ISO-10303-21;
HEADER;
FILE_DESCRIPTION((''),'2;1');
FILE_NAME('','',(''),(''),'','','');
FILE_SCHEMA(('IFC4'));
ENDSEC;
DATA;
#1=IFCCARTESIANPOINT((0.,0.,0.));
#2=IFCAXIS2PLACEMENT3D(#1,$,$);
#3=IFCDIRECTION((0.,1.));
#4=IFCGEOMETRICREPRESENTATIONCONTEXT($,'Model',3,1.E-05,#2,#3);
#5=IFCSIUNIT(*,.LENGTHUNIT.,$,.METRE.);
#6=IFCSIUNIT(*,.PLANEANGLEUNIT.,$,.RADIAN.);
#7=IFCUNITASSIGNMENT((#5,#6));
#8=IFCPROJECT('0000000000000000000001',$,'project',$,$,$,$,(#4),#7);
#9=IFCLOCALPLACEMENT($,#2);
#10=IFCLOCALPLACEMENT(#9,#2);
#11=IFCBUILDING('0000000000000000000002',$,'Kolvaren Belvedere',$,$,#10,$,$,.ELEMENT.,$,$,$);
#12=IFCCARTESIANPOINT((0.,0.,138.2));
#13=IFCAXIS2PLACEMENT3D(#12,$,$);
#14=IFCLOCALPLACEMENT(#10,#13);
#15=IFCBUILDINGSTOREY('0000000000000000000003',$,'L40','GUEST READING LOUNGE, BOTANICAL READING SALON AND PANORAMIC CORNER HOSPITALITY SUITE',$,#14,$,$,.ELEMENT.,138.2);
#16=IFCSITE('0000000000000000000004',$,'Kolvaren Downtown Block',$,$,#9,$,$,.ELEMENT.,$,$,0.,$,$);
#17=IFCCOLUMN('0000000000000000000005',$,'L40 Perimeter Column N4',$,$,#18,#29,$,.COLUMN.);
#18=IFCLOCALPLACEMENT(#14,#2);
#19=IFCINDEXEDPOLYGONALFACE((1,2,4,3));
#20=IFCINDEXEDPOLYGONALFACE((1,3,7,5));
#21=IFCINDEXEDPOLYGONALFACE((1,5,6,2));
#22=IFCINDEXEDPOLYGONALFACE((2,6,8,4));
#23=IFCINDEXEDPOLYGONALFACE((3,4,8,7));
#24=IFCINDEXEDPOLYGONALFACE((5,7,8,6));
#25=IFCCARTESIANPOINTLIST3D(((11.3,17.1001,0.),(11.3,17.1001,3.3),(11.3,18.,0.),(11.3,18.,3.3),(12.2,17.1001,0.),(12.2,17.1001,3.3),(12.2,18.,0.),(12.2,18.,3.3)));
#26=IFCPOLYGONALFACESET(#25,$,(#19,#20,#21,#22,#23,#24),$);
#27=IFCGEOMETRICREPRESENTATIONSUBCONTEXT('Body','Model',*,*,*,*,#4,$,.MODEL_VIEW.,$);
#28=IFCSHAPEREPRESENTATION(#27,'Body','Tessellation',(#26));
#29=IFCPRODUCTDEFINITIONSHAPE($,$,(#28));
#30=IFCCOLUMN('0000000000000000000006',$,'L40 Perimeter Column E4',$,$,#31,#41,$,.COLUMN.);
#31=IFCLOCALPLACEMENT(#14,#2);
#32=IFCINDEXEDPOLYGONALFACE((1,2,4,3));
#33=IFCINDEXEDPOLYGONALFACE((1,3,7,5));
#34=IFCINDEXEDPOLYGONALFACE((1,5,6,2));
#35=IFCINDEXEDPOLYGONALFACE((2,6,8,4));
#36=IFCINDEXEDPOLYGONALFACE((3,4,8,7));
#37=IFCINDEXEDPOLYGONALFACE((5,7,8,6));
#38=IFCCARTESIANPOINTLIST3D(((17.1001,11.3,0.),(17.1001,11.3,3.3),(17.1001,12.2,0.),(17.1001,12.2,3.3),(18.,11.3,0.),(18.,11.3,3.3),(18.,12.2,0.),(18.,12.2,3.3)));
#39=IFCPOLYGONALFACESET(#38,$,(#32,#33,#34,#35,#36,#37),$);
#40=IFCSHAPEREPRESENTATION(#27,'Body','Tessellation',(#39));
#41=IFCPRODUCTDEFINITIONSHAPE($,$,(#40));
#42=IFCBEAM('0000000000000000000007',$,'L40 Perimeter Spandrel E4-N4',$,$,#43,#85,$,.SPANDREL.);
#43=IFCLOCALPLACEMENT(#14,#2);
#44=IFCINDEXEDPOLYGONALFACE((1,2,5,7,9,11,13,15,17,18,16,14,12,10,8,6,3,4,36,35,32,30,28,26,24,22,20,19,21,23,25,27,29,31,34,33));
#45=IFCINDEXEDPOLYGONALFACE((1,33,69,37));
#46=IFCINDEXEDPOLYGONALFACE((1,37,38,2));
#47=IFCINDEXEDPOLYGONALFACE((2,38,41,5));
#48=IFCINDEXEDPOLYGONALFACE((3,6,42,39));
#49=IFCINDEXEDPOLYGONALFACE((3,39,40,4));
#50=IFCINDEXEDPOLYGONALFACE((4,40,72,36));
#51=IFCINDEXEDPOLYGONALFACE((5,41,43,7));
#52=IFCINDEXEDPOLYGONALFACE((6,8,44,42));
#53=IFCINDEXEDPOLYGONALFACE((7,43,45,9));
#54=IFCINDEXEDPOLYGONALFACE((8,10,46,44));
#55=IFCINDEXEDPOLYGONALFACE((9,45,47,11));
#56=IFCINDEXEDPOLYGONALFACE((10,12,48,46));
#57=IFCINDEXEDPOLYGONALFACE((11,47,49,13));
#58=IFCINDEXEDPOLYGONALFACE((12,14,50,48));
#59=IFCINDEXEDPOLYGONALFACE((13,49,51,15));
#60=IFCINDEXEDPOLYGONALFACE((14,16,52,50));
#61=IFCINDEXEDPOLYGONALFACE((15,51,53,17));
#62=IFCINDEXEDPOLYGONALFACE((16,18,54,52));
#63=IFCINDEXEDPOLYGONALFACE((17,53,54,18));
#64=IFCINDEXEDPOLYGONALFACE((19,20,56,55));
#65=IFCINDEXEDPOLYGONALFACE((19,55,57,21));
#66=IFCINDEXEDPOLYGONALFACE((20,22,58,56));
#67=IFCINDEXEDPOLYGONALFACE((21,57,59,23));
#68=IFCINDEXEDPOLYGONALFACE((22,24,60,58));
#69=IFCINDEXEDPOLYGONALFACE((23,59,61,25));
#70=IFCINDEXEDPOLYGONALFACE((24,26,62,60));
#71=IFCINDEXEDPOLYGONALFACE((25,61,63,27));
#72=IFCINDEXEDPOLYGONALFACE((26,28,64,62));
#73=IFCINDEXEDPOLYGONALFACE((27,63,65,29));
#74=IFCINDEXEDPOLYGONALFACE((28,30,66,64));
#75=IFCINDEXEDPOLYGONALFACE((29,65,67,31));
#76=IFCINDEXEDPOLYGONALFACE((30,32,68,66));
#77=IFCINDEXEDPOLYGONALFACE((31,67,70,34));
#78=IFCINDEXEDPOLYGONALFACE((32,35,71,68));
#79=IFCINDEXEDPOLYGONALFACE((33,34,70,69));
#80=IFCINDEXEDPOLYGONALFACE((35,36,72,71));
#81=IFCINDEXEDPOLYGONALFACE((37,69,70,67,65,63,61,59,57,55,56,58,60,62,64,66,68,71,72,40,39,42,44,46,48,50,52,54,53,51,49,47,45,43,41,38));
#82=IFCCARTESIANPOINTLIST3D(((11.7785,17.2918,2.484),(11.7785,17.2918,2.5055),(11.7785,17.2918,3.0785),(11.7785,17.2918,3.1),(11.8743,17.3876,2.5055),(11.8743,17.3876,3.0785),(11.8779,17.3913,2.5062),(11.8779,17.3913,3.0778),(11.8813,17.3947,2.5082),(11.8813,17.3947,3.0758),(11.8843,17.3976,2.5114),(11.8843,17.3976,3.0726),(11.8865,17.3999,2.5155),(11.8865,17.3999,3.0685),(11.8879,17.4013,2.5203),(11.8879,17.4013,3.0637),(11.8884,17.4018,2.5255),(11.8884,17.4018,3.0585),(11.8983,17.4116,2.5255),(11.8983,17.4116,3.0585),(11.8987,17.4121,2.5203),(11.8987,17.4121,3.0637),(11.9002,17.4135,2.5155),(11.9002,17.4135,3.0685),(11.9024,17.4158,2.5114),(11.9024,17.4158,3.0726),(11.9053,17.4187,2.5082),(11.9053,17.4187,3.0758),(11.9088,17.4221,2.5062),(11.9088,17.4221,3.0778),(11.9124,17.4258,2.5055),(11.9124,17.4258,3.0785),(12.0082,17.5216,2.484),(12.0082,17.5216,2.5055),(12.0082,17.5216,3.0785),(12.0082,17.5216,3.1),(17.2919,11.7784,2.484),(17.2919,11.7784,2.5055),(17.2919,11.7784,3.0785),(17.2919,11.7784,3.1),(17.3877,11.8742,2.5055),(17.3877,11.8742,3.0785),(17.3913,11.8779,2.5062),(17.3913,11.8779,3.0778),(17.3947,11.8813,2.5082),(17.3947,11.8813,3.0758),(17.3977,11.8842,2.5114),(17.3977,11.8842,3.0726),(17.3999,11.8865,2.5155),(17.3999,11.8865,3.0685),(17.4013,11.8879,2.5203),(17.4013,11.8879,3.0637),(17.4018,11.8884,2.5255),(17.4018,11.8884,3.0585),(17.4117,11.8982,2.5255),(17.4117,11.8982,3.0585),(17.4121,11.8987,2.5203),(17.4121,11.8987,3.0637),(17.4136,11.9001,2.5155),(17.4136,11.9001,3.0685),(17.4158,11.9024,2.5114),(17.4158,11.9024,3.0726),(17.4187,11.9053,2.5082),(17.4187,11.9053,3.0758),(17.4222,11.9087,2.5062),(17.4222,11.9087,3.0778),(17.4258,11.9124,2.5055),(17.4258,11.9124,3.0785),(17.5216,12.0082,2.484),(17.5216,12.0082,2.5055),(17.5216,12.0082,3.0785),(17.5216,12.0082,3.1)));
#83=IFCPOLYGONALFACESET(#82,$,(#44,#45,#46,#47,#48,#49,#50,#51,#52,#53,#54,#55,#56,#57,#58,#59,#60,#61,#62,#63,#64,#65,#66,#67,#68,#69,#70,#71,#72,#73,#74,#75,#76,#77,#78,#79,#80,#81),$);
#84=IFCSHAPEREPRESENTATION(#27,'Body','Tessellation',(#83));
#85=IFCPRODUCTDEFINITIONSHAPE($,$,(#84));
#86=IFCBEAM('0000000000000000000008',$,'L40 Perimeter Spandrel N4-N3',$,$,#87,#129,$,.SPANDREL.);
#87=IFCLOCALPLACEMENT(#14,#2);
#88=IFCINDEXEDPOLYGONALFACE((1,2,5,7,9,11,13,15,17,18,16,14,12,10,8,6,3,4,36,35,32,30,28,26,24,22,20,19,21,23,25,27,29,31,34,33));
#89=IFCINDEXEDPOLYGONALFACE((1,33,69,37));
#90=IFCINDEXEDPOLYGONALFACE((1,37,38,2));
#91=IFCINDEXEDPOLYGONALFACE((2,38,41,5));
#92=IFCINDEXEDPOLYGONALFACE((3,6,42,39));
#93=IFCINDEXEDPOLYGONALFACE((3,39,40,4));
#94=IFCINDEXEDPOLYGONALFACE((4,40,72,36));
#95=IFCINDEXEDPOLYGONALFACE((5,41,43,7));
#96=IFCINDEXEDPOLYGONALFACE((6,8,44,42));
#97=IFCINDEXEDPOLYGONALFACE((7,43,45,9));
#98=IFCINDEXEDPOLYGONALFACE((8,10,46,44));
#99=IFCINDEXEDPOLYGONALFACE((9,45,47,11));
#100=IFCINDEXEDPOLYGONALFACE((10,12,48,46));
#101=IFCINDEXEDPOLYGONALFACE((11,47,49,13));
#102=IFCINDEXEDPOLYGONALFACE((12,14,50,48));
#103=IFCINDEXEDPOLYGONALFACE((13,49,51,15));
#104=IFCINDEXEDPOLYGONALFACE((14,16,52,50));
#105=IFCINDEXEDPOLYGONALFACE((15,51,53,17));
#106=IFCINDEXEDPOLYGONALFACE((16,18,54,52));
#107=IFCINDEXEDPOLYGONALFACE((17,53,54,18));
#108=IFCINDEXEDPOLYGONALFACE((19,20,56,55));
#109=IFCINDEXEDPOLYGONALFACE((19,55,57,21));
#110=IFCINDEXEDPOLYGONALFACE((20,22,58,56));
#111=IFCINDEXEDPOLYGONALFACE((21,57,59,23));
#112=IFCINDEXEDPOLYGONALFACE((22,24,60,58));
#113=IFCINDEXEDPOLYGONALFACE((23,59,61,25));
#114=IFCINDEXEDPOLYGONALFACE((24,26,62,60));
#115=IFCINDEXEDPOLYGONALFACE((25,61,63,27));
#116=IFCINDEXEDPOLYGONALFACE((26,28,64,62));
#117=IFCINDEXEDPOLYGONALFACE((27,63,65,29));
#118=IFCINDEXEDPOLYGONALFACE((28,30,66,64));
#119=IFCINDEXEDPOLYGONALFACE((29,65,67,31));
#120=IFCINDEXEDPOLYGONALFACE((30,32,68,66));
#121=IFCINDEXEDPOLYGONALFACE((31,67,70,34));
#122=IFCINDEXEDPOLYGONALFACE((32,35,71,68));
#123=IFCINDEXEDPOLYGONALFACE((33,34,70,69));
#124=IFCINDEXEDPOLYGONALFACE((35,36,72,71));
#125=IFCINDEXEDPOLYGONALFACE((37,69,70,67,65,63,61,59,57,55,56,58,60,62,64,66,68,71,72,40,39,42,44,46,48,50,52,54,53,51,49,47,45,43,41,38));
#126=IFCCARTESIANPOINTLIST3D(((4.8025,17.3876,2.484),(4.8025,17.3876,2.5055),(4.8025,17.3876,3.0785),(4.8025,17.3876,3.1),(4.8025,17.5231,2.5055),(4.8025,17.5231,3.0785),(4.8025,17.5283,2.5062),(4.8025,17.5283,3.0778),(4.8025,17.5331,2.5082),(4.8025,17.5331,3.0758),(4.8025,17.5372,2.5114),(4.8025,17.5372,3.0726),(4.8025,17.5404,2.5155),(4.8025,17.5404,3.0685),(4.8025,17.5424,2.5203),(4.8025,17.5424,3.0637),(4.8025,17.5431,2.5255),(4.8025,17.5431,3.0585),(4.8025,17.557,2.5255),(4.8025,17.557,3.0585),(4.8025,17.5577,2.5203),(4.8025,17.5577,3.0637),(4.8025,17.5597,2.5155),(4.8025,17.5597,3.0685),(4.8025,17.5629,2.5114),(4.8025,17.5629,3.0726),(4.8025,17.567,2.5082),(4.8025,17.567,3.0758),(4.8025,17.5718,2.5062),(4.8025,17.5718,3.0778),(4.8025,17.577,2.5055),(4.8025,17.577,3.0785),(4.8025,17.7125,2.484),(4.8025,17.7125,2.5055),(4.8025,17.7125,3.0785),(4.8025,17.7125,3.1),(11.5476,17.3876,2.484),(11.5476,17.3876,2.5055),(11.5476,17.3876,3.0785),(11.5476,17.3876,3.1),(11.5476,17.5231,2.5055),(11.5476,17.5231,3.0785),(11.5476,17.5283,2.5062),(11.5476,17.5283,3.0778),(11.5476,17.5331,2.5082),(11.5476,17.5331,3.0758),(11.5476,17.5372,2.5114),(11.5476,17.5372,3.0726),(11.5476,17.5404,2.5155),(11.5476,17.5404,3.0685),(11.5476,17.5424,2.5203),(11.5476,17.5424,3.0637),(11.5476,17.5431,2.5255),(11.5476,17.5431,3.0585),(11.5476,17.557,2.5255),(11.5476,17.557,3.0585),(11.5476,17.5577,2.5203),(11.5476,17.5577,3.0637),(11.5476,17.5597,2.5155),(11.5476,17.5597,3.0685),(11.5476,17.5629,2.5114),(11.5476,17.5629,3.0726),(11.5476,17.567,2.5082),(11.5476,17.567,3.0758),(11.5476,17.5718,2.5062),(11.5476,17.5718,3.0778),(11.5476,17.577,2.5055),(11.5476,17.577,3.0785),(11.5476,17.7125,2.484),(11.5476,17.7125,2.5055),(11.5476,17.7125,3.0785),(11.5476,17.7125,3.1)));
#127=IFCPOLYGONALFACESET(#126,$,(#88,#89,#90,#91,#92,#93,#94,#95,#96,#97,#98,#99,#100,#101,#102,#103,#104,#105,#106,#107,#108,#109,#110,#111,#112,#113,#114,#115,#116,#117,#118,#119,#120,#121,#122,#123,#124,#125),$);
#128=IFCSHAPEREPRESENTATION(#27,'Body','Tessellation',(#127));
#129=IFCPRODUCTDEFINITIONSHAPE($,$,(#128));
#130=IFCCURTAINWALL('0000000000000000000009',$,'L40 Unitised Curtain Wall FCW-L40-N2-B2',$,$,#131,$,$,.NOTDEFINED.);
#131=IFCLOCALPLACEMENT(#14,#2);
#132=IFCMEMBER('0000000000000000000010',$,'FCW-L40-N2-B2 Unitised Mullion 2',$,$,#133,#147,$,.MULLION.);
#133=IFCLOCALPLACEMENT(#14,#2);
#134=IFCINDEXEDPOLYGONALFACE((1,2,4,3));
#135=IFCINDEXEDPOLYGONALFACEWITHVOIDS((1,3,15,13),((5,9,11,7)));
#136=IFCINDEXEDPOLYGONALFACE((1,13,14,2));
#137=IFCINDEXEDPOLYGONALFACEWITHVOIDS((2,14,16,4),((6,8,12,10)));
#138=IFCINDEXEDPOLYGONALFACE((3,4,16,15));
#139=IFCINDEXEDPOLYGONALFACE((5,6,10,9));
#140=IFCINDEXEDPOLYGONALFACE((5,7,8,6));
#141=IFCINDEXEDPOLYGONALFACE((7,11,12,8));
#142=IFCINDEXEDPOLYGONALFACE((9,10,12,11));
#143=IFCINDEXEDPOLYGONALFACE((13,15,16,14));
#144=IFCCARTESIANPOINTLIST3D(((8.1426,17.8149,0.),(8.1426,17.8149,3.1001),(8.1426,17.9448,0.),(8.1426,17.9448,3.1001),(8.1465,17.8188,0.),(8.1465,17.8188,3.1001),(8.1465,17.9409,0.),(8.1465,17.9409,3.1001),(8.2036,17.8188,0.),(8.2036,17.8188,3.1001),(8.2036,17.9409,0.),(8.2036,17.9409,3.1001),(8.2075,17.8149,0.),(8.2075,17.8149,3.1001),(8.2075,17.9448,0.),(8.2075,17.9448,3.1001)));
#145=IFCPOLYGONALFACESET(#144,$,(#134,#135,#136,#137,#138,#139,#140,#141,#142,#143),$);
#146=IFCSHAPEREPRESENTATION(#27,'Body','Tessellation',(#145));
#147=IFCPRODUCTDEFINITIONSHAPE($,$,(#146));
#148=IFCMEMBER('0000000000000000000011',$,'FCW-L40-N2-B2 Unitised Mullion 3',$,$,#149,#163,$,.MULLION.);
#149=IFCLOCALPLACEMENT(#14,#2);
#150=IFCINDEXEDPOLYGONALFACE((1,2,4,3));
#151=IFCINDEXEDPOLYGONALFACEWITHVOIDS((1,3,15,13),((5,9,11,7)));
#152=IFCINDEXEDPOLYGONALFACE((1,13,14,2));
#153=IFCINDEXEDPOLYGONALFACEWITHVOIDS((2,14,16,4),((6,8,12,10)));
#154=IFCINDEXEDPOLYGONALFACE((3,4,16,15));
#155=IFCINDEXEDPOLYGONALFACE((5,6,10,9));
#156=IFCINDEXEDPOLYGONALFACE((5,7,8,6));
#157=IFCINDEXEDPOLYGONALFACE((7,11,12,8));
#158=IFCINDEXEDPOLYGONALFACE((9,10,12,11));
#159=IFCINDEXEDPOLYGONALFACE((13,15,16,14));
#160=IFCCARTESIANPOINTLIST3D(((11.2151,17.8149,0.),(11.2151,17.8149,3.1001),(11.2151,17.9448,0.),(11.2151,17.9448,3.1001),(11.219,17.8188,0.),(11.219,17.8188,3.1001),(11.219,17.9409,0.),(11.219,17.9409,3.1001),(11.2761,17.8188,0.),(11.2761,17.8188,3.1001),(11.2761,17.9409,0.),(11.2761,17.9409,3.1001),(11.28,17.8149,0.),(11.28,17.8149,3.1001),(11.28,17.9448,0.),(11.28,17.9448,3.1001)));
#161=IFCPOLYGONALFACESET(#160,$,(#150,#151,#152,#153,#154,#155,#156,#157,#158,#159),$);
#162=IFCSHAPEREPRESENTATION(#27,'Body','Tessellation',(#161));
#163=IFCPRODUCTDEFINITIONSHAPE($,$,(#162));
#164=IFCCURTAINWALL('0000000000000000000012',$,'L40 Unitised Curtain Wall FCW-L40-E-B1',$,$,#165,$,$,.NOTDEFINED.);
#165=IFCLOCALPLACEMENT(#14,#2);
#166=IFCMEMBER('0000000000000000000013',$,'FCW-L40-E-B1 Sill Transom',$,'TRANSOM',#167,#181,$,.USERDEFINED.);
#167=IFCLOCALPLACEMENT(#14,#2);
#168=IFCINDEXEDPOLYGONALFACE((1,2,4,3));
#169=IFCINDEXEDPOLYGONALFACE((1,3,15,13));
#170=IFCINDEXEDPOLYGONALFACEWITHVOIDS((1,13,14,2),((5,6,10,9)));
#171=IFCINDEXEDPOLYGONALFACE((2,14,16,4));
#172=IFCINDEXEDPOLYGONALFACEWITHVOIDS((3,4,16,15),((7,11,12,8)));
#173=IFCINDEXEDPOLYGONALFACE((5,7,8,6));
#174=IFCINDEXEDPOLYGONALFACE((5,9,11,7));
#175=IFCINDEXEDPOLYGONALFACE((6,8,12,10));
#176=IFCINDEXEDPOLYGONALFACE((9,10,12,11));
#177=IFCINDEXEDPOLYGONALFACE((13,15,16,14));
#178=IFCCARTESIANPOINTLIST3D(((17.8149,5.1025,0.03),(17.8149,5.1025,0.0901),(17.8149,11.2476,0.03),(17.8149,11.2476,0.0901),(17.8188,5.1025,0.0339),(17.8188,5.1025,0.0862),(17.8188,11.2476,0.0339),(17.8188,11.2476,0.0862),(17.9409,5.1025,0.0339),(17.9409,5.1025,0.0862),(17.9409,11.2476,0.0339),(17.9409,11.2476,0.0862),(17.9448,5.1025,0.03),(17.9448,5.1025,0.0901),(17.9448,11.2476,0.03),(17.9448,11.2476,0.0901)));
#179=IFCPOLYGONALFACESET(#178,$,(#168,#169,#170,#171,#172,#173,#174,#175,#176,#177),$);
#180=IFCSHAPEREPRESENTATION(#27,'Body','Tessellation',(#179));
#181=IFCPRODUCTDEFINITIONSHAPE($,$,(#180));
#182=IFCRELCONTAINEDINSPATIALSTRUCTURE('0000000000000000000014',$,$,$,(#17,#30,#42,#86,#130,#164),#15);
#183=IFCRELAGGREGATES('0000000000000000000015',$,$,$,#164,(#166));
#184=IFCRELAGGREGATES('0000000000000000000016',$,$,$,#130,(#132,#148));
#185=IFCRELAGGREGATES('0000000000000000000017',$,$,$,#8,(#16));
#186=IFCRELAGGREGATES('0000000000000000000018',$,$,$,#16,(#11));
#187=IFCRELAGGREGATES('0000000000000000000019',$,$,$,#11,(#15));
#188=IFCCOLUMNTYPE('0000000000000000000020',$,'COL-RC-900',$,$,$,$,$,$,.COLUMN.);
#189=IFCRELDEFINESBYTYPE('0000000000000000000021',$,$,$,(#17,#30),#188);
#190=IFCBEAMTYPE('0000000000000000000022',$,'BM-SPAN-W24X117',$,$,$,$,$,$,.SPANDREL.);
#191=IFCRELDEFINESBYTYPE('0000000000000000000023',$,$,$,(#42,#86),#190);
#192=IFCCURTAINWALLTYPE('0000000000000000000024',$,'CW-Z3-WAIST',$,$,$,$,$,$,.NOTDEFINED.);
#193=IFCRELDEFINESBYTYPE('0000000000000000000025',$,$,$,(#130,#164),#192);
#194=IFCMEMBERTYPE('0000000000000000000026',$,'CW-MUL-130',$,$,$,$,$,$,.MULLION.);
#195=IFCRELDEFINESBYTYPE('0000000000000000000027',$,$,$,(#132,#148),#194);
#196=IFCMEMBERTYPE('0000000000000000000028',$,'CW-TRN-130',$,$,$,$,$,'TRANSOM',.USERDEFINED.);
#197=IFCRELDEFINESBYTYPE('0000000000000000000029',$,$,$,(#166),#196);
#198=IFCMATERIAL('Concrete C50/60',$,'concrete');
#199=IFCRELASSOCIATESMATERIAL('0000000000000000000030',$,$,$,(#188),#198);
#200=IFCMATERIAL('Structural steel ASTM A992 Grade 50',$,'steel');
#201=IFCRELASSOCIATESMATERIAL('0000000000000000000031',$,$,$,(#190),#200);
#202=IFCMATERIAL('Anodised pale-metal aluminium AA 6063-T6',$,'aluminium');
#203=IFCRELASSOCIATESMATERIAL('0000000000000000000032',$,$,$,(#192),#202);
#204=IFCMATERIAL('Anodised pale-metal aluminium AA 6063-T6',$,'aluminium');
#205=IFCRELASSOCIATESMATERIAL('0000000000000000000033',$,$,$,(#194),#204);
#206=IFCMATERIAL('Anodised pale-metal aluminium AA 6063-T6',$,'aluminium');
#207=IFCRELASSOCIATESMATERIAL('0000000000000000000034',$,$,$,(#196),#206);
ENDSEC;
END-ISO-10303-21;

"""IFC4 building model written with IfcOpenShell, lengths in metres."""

from ifc_helpers import new_model, si_unit, direction, frame, origin, origin_2d, place, context, subcontext, project, spatial, rectangle, hollow_rectangle, i_section, extrude, material, material_profile, profile_set, type_object, element, aggregate, save


model = new_model("IFC4")

# Units and contexts
model_context = context("Model", 3, precision=1e-05, world=origin(), true_north=direction((0.0, 1.0)))
body_context = subcontext(model_context, "Body", "Model", "MODEL_VIEW")
ifc_project = project(units=[si_unit("LENGTHUNIT", "METRE"), si_unit("PLANEANGLEUNIT", "RADIAN")], contexts=[model_context])

# Site, building, storey
site_placement = place(None, origin())
site = spatial("IfcSite", under=ifc_project, at=site_placement, Name="Kolvaren Downtown Block", CompositionType="ELEMENT", RefElevation=0.0)
building_placement = place(site_placement, origin())
building = spatial("IfcBuilding", under=site, at=building_placement, Name="Kolvaren Belvedere", CompositionType="ELEMENT")
storey_placement = place(building_placement, frame((0.0, 0.0, 138.2)))
storey = spatial("IfcBuildingStorey", under=building, at=storey_placement, Name="L40", Description="GUEST READING LOUNGE, BOTANICAL READING SALON AND PANORAMIC CORNER HOSPITALITY SUITE", CompositionType="ELEMENT", Elevation=138.2)

# Columns
ifc_material_1 = material(Name="Concrete C50/60", Category="concrete")
ifc_material_profile_1 = material_profile(ifc_material_1, rectangle(XDim=0.8999, YDim=0.8999, at=origin_2d()), Name="RC 900X900")
ifc_profile_set_1 = profile_set([ifc_material_profile_1], Name="Concrete C50/60")
column_type = type_object("IfcColumnType", Name="COL-RC-900", PredefinedType="COLUMN", material=ifc_profile_set_1)
for number, where, z_axis, x_axis, name in (
    (1, (11.75, 17.55, 0.0), (0.0, 0.0, 1.0), (1.0, 0.0, 0.0), "L40 Perimeter Column N4"),
    (2, (17.55, 11.75, 0.0), (0.0, 0.0, 1.0), (1.0, 0.0, 0.0), "L40 Perimeter Column E4"),
):
    element("IfcColumn", number, at=place(storey_placement, frame(where, z_axis=z_axis, x_axis=x_axis)), inside=storey, type_object=column_type, Name=name, PredefinedType="COLUMN", context=body_context, shape_type="SweptSolid", body=[
        extrude(rectangle(XDim=0.8999, YDim=0.8999, at=origin_2d()), origin(), (0.0, 0.0, 1.0), 3.3),
    ])

# Beams
ifc_material_2 = material(Name="Structural steel ASTM A992 Grade 50", Category="steel")
ifc_material_profile_2 = material_profile(ifc_material_2, i_section(OverallWidth=0.325, OverallDepth=0.616, WebThickness=0.0139, FlangeThickness=0.0215, FilletRadius=0.02, at=origin_2d()), Name="W24X117")
ifc_profile_set_2 = profile_set([ifc_material_profile_2], Name="Structural steel ASTM A992 Grade 50")
beam_type = type_object("IfcBeamType", Name="BM-SPAN-W24X117", PredefinedType="SPANDREL", material=ifc_profile_set_2)
beam_1_placement = place(storey_placement, frame((17.4067, 11.8933, 2.792), z_axis=(-0.707107, 0.707107, 0.0), x_axis=(-0.707107, -0.707107, 0.0)))
element("IfcBeam", 3, at=beam_1_placement, inside=storey, type_object=beam_type, Name="L40 Perimeter Spandrel E4-N4", PredefinedType="SPANDREL", context=body_context, shape_type="SweptSolid", body=[
    extrude(i_section(OverallWidth=0.325, OverallDepth=0.616, WebThickness=0.0139, FlangeThickness=0.0215, FilletRadius=0.02, at=origin_2d()), origin(), (0.0, 0.0, 1.0), 7.7971),
])
beam_2_placement = place(storey_placement, frame((11.5476, 17.55, 2.792), z_axis=(-1.0, 0.0, 0.0), x_axis=(0.0, -1.0, 0.0)))
element("IfcBeam", 4, at=beam_2_placement, inside=storey, type_object=beam_type, Name="L40 Perimeter Spandrel N4-N3", PredefinedType="SPANDREL", context=body_context, shape_type="SweptSolid", body=[
    extrude(i_section(OverallWidth=0.325, OverallDepth=0.616, WebThickness=0.0139, FlangeThickness=0.0215, FilletRadius=0.02, at=origin_2d()), origin(), (0.0, 0.0, 1.0), 6.7451),
])

# Curtain walls, members
ifc_material_3 = material(Name="Anodised pale-metal aluminium AA 6063-T6", Category="aluminium")
curtain_wall_type = type_object("IfcCurtainWallType", Name="CW-Z3-WAIST", PredefinedType="NOTDEFINED", material=ifc_material_3)
curtain_wall_1_placement = place(storey_placement, origin())
curtain_wall_1 = element("IfcCurtainWall", 5, at=curtain_wall_1_placement, inside=storey, type_object=curtain_wall_type, Name="L40 Unitised Curtain Wall FCW-L40-N2-B2", PredefinedType="NOTDEFINED")
ifc_material_4 = material(Name="Anodised pale-metal aluminium AA 6063-T6", Category="aluminium")
ifc_material_profile_3 = material_profile(ifc_material_4, hollow_rectangle(XDim=0.0649, YDim=0.1299, WallThickness=0.0039, at=origin_2d()), Name="ALU-MUL-130X65")
ifc_profile_set_3 = profile_set([ifc_material_profile_3], Name="Anodised pale-metal aluminium AA 6063-T6")
member_type_1 = type_object("IfcMemberType", Name="CW-MUL-130", PredefinedType="MULLION", material=ifc_profile_set_3)
member_1_placement = place(storey_placement, frame((8.175, 17.8799, 0.0), z_axis=(0.0, 0.0, 1.0), x_axis=(1.0, 0.0, 0.0)))
member_1 = element("IfcMember", 6, at=member_1_placement, type_object=member_type_1, Name="FCW-L40-N2-B2 Unitised Mullion 2", PredefinedType="MULLION", context=body_context, shape_type="SweptSolid", body=[
    extrude(hollow_rectangle(XDim=0.0649, YDim=0.1299, WallThickness=0.0039, at=origin_2d()), origin(), (0.0, 0.0, 1.0), 3.1001),
])
member_2_placement = place(storey_placement, frame((11.2476, 17.8799, 0.0), z_axis=(0.0, 0.0, 1.0), x_axis=(1.0, 0.0, 0.0)))
member_2 = element("IfcMember", 7, at=member_2_placement, type_object=member_type_1, Name="FCW-L40-N2-B2 Unitised Mullion 3", PredefinedType="MULLION", context=body_context, shape_type="SweptSolid", body=[
    extrude(hollow_rectangle(XDim=0.0649, YDim=0.1299, WallThickness=0.0039, at=origin_2d()), origin(), (0.0, 0.0, 1.0), 3.1001),
])
curtain_wall_2_placement = place(storey_placement, origin())
curtain_wall_2 = element("IfcCurtainWall", 8, at=curtain_wall_2_placement, inside=storey, type_object=curtain_wall_type, Name="L40 Unitised Curtain Wall FCW-L40-E-B1", PredefinedType="NOTDEFINED")
ifc_material_5 = material(Name="Anodised pale-metal aluminium AA 6063-T6", Category="aluminium")
ifc_material_profile_4 = material_profile(ifc_material_5, hollow_rectangle(XDim=0.0601, YDim=0.1299, WallThickness=0.0039, at=origin_2d()), Name="ALU-TRN-130X60")
ifc_profile_set_4 = profile_set([ifc_material_profile_4], Name="Anodised pale-metal aluminium AA 6063-T6")
member_type_2 = type_object("IfcMemberType", Name="CW-TRN-130", ElementType="TRANSOM", PredefinedType="USERDEFINED", material=ifc_profile_set_4)
member_3_placement = place(storey_placement, frame((17.8799, 11.2476, 0.0601), z_axis=(0.0, -1.0, 0.0), x_axis=(0.0, 0.0, 1.0)))
member_3 = element("IfcMember", 9, at=member_3_placement, type_object=member_type_2, Name="FCW-L40-E-B1 Sill Transom", ObjectType="TRANSOM", PredefinedType="USERDEFINED", context=body_context, shape_type="SweptSolid", body=[
    extrude(hollow_rectangle(XDim=0.0601, YDim=0.1299, WallThickness=0.0039, at=origin_2d()), origin(), (0.0, 0.0, 1.0), 6.145),
])
aggregate(curtain_wall_2, [member_3])

aggregate(curtain_wall_1, [member_1, member_2])

save(model, "model.ifc")
